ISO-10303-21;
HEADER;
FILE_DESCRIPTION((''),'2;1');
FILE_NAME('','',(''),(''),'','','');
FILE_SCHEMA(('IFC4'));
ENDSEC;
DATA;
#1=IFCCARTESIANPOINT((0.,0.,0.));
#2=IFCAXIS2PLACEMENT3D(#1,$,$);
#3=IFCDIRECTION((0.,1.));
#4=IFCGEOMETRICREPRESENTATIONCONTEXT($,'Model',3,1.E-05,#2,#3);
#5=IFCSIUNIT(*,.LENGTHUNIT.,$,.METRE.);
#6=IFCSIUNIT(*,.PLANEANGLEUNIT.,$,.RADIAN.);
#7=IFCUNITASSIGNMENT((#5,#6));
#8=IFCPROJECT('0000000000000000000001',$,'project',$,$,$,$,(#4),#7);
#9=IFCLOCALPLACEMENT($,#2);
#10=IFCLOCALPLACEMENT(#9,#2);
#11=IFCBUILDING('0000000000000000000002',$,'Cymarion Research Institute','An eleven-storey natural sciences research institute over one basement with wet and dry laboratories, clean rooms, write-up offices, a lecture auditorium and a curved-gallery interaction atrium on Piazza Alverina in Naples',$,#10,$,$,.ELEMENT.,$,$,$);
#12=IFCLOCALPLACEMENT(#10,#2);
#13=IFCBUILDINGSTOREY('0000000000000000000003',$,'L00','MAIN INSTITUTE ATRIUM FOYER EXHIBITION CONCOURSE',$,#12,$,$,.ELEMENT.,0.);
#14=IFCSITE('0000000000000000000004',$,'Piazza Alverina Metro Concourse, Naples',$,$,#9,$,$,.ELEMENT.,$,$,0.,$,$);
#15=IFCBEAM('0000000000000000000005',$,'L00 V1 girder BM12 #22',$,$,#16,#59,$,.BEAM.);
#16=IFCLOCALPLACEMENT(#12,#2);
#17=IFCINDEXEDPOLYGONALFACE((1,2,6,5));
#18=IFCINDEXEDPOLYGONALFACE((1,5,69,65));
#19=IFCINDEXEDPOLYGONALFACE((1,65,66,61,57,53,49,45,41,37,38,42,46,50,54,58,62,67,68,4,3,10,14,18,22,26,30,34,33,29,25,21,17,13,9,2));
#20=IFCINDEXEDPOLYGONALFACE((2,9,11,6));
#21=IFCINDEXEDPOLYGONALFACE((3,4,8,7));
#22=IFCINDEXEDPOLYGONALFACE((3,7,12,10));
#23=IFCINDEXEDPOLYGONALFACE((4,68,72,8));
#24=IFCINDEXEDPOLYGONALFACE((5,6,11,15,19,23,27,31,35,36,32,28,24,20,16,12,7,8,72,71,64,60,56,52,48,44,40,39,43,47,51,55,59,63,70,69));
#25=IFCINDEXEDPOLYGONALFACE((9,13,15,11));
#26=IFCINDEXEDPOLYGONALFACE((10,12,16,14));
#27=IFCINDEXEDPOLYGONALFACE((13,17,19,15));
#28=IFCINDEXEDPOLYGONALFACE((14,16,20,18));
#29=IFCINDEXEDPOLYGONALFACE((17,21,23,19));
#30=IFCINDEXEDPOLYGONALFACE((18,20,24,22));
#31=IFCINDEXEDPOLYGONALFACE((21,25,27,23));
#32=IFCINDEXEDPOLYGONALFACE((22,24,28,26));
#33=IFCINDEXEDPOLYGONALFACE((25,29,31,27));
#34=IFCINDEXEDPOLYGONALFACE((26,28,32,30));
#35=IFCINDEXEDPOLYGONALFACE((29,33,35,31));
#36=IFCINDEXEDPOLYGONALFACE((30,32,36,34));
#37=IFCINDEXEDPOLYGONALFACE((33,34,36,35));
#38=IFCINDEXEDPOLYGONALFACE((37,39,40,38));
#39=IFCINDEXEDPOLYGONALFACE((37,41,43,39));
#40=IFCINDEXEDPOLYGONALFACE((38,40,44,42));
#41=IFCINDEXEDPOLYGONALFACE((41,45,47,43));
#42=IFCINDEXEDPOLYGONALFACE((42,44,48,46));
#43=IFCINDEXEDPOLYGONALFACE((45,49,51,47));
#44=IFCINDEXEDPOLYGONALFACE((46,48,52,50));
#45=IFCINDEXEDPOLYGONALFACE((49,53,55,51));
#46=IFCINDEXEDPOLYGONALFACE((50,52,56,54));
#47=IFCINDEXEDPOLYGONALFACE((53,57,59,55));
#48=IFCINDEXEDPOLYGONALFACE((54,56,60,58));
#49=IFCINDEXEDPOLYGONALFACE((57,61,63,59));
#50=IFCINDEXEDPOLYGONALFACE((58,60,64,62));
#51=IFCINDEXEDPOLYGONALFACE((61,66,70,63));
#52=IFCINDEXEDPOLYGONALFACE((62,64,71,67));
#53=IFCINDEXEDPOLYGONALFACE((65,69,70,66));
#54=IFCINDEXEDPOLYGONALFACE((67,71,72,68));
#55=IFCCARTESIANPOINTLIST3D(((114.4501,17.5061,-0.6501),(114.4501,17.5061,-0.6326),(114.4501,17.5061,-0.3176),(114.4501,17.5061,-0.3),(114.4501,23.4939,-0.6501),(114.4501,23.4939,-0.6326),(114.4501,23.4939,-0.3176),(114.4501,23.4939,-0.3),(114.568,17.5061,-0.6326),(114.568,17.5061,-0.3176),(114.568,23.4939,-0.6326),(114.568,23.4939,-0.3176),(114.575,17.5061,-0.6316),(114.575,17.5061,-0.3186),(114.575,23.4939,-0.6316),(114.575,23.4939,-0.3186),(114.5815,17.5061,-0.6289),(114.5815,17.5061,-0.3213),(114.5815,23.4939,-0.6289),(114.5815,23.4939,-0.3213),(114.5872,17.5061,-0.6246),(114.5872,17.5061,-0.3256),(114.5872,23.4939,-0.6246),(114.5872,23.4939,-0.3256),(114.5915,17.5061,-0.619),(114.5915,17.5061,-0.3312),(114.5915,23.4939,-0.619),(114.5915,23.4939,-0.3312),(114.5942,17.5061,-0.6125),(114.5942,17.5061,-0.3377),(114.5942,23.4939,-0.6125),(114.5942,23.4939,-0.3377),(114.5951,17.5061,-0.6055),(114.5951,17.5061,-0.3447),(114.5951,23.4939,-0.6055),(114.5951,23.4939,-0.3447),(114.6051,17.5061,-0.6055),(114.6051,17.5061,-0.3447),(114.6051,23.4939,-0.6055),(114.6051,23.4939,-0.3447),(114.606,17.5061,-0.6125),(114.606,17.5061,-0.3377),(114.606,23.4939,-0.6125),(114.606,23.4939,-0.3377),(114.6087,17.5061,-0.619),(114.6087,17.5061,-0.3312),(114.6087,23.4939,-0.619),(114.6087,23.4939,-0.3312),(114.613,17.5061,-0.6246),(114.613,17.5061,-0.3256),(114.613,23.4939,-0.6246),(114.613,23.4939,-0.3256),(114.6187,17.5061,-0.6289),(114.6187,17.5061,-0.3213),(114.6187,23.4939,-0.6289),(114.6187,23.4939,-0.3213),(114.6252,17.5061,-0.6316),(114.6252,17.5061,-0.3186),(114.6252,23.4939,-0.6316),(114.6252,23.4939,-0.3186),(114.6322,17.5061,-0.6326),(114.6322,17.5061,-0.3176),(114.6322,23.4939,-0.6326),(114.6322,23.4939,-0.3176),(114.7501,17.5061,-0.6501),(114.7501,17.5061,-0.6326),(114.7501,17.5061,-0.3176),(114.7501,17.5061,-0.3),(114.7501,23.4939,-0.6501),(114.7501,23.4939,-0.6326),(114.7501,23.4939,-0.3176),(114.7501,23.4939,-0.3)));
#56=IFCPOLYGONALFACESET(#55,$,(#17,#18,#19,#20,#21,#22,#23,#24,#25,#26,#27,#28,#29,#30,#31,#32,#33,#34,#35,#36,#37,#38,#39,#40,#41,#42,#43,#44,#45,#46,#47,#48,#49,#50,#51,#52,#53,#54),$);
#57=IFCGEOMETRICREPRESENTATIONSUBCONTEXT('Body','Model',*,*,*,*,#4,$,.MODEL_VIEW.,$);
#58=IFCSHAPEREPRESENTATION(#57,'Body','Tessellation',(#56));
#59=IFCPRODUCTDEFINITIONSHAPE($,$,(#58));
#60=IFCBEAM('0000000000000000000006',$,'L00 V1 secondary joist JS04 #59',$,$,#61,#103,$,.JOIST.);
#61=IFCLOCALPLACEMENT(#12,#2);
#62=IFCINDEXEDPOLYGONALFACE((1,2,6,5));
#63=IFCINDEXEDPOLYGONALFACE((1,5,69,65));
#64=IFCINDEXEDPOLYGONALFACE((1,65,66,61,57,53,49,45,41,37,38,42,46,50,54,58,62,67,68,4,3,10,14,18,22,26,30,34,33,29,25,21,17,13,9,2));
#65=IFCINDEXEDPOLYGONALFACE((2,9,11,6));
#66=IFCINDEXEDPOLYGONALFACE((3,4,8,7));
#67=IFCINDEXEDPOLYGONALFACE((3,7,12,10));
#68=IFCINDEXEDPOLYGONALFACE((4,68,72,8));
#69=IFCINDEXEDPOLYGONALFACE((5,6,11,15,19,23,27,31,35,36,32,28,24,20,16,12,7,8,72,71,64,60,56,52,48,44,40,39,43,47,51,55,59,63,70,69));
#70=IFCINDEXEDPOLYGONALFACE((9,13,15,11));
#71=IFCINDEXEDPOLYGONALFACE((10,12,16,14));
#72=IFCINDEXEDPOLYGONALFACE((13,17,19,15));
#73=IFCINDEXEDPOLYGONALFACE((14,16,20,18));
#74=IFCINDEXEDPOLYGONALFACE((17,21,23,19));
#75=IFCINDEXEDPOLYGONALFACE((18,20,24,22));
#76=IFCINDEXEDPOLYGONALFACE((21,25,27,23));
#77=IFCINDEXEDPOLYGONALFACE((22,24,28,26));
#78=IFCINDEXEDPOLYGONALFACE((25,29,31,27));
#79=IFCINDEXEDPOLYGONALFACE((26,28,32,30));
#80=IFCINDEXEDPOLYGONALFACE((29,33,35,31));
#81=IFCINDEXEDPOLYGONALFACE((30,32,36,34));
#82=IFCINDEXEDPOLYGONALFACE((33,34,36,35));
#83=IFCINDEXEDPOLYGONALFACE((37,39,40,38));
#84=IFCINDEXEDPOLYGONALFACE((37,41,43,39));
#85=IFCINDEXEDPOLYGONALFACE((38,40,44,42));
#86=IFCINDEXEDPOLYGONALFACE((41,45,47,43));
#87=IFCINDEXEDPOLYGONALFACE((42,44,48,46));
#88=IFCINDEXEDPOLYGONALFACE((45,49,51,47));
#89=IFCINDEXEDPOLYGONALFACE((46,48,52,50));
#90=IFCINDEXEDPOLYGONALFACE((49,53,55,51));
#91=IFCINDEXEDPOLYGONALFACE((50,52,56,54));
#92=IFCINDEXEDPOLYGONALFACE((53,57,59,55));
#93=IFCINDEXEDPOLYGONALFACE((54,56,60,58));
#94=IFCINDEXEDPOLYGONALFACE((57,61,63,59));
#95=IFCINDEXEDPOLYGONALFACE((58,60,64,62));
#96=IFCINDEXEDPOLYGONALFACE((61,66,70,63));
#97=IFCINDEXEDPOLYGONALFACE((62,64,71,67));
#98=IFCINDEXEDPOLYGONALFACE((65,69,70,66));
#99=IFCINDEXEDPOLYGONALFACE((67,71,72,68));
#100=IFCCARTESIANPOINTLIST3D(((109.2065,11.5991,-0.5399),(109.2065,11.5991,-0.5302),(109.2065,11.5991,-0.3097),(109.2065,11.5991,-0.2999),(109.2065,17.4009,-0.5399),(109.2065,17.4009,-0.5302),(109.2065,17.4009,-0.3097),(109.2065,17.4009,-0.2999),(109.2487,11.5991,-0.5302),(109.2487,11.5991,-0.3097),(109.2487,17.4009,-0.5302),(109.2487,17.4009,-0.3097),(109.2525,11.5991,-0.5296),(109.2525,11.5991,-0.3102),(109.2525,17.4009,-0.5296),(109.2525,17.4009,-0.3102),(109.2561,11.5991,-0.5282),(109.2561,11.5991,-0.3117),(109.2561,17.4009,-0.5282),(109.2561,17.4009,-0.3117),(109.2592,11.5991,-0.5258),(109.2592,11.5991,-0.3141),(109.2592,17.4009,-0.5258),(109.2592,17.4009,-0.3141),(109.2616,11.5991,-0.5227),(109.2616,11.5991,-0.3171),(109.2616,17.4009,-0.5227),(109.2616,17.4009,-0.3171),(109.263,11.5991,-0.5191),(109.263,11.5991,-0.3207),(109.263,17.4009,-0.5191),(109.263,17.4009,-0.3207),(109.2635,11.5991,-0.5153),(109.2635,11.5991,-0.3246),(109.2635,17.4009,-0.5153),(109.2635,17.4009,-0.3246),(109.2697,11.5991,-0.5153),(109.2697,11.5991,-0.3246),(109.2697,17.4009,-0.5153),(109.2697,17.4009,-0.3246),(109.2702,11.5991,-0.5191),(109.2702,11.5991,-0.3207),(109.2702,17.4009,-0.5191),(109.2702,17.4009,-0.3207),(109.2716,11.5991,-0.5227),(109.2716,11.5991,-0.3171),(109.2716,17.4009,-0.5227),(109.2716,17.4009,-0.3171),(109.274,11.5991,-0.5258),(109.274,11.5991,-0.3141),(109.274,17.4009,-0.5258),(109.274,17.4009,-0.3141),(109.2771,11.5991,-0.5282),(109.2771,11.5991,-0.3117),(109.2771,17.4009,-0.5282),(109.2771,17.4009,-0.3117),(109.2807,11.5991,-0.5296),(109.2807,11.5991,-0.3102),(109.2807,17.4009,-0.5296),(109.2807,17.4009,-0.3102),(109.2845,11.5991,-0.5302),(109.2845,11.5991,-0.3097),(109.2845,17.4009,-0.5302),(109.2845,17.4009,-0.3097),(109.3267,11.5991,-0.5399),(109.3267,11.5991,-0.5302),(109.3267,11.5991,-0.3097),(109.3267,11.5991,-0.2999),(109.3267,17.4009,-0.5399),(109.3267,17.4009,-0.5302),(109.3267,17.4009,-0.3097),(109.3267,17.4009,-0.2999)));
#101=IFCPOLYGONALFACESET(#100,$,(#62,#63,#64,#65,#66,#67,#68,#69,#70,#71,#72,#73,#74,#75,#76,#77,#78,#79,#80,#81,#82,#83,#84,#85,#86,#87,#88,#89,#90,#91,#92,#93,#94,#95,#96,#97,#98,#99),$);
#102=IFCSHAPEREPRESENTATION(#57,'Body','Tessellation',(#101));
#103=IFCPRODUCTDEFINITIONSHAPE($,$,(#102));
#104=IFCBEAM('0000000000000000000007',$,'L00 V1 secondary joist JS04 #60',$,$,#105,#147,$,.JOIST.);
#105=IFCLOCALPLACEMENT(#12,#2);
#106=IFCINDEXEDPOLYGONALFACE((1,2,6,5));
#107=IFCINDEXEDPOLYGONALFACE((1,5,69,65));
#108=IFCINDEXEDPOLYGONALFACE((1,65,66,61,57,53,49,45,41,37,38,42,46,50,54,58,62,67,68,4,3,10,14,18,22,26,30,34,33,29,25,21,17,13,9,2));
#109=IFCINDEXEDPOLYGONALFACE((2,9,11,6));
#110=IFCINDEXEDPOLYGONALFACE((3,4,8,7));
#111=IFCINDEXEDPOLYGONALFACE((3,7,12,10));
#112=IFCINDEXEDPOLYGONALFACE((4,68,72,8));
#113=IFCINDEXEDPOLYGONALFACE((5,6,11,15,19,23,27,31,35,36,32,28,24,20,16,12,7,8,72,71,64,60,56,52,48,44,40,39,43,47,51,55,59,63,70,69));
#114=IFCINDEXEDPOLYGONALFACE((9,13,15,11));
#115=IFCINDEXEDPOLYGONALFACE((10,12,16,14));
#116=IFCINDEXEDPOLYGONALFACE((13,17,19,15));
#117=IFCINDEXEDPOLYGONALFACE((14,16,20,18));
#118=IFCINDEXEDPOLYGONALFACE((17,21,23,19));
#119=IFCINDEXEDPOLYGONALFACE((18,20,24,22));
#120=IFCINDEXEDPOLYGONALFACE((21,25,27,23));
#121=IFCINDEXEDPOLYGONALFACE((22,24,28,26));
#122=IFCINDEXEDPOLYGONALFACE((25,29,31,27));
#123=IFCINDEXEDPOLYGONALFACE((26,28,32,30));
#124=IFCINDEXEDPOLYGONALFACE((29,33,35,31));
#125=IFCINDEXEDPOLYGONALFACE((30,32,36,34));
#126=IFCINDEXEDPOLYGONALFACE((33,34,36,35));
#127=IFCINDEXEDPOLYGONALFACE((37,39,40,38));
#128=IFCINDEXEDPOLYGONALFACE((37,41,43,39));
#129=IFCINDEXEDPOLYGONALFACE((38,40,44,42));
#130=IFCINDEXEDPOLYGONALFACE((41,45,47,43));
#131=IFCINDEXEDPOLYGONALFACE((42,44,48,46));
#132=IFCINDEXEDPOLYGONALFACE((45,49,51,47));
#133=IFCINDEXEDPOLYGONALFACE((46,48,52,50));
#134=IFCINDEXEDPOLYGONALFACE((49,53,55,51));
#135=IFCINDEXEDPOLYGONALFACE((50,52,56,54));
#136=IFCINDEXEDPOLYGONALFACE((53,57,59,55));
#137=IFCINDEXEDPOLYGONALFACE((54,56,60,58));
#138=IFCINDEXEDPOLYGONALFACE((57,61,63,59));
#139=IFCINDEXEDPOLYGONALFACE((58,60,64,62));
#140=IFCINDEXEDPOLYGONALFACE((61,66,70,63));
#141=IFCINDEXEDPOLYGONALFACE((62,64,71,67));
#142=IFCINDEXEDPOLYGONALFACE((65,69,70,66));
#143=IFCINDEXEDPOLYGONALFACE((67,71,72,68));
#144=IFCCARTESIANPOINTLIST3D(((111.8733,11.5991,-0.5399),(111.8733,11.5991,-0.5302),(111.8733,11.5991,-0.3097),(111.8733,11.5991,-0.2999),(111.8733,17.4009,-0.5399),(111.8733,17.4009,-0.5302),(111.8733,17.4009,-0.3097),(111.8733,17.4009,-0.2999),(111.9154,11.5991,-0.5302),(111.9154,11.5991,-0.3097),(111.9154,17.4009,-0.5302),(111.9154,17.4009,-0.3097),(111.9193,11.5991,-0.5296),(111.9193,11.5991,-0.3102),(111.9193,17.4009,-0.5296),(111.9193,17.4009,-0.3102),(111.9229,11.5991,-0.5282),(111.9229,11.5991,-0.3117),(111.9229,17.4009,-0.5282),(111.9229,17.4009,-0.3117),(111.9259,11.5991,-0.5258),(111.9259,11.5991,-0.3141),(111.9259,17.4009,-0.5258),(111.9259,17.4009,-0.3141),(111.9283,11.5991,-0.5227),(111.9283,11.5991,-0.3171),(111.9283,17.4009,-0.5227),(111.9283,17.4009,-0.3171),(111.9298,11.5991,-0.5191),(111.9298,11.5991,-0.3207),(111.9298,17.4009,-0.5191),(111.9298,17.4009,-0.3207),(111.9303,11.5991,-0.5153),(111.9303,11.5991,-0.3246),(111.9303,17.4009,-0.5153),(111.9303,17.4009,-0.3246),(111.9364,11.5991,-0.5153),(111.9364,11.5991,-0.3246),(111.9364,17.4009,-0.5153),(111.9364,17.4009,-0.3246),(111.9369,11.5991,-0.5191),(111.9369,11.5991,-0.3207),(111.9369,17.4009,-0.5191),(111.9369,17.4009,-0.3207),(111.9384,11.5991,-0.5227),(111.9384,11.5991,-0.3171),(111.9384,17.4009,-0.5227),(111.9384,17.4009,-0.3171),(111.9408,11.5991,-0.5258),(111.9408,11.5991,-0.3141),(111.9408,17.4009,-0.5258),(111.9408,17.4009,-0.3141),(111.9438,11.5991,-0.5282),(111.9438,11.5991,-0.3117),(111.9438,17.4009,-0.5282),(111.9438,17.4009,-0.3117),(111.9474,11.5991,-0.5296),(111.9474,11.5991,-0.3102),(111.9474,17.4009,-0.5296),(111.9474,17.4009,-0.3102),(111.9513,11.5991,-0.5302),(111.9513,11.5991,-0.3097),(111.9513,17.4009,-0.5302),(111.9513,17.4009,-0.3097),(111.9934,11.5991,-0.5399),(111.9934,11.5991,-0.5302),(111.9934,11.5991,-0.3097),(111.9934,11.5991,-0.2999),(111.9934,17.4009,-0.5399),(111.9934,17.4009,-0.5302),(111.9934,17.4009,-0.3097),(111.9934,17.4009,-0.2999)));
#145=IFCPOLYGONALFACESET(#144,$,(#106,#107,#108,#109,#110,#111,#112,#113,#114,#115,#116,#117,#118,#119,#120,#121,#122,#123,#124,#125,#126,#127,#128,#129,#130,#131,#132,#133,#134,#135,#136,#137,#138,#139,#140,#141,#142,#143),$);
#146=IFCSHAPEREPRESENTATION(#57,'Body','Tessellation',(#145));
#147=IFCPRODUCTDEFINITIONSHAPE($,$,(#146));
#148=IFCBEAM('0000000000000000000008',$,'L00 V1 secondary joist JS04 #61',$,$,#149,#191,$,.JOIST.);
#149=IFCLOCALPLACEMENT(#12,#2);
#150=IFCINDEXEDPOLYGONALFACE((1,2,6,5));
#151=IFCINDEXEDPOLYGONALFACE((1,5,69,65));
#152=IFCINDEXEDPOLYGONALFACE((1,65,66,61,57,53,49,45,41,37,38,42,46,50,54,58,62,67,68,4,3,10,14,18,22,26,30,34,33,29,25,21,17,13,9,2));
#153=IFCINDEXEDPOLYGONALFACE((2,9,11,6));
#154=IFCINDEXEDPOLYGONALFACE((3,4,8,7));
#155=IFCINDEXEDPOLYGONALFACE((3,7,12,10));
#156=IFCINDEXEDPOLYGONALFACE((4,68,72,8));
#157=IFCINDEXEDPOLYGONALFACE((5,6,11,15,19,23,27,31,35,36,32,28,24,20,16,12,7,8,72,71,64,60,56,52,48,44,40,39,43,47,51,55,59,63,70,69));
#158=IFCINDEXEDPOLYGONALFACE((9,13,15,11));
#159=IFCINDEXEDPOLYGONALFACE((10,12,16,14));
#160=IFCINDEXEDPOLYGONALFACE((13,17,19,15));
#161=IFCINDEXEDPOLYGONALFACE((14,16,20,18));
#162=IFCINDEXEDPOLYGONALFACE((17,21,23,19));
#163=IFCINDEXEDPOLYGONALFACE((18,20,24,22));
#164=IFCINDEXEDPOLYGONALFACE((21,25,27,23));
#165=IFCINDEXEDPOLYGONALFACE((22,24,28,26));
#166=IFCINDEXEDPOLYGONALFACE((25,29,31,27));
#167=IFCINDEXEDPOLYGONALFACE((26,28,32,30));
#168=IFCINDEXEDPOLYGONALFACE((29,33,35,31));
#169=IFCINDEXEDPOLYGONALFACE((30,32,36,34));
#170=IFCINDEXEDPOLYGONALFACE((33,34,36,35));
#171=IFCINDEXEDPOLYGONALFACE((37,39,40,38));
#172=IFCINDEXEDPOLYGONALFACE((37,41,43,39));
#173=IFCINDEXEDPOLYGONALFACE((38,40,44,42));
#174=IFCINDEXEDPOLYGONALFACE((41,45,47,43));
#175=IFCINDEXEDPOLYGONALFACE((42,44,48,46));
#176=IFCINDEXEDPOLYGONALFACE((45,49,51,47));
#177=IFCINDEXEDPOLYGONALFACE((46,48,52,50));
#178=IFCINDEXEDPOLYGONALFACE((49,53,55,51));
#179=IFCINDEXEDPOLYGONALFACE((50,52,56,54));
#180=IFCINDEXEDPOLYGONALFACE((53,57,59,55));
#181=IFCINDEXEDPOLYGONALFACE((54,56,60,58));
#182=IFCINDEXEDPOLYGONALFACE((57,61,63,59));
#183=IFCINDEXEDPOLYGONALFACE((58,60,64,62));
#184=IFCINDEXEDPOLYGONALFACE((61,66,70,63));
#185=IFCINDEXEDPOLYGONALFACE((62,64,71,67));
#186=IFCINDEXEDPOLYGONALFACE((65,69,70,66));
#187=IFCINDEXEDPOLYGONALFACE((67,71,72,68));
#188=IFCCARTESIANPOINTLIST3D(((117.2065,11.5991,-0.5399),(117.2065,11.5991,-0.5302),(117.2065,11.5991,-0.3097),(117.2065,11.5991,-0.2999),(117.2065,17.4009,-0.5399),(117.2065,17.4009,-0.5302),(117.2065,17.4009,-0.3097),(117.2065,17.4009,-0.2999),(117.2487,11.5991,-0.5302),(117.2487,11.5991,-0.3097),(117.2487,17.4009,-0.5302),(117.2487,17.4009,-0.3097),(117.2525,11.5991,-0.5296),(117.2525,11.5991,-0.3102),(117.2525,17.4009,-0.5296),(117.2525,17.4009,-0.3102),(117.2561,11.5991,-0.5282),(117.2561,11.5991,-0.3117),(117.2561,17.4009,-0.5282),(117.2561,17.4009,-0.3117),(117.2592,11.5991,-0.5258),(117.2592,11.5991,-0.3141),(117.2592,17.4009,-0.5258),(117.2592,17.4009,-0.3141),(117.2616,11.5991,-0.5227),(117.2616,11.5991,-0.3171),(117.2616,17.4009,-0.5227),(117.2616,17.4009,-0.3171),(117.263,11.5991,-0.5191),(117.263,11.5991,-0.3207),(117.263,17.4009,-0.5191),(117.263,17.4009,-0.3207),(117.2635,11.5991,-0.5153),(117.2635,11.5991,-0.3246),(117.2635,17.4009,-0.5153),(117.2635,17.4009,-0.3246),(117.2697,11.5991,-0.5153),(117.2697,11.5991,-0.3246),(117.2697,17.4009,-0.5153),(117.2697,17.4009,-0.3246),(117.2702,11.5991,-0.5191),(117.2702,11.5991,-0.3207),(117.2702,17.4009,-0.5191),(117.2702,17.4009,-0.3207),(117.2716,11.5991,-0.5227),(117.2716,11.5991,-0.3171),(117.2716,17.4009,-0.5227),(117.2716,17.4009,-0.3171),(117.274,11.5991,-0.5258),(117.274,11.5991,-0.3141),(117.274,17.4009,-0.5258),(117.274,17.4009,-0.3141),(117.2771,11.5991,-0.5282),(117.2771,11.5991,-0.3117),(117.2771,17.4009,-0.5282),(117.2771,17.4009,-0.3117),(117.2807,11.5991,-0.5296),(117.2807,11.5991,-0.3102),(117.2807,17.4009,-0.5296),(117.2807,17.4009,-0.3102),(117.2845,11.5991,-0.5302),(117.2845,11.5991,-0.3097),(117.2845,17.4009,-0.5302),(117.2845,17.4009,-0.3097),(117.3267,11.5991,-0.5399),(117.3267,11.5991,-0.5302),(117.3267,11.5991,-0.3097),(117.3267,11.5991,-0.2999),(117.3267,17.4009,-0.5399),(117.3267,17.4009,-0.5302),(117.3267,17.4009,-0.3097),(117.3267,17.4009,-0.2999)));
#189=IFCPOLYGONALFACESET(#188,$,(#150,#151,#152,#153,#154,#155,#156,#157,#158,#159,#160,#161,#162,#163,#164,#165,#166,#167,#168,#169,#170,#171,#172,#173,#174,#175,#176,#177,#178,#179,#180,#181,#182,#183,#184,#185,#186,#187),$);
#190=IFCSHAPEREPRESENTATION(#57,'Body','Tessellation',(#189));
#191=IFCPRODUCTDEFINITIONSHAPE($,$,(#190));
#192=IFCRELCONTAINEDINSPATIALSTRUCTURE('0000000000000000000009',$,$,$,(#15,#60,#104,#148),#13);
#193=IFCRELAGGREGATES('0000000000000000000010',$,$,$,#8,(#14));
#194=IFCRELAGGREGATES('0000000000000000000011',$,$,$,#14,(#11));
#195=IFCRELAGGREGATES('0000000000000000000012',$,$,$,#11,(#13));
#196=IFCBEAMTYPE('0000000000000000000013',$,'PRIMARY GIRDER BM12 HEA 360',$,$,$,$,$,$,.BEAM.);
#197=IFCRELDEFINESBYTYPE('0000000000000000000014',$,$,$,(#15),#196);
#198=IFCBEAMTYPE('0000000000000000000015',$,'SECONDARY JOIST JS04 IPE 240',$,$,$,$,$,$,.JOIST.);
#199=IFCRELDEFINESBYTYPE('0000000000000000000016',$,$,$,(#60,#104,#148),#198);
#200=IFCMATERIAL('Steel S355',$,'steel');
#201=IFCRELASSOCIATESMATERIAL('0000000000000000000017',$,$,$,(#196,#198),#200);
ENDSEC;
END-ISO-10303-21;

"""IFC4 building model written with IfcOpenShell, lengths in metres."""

from ifc_helpers import new_model, si_unit, direction, frame, origin, origin_2d, place, context, subcontext, project, spatial, i_section, extrude, material, material_profile, profile_set, type_object, element, save


model = new_model("IFC4")

# Units and contexts
model_context = context("Model", 3, precision=1e-05, world=origin(), true_north=direction((0.0, 1.0)))
body_context = subcontext(model_context, "Body", "Model", "MODEL_VIEW")
ifc_project = project(units=[si_unit("LENGTHUNIT", "METRE"), si_unit("PLANEANGLEUNIT", "RADIAN")], contexts=[model_context])

# Site, building, storey
site_placement = place(None, origin())
site = spatial("IfcSite", under=ifc_project, at=site_placement, Name="Piazza Alverina Metro Concourse, Naples", CompositionType="ELEMENT", RefElevation=0.0)
building_placement = place(site_placement, origin())
building = spatial("IfcBuilding", under=site, at=building_placement, Name="Cymarion Research Institute", Description="An eleven-storey natural sciences research institute over one basement with wet and dry laboratories, clean rooms, write-up offices, a lecture auditorium and a curved-gallery interaction atrium on Piazza Alverina in Naples", CompositionType="ELEMENT")
storey_placement = place(building_placement, origin())
storey = spatial("IfcBuildingStorey", under=building, at=storey_placement, Name="L00", Description="MAIN INSTITUTE ATRIUM FOYER EXHIBITION CONCOURSE", CompositionType="ELEMENT", Elevation=0.0)

# Shared definitions
ifc_material_1 = material(Name="Steel S355", Category="steel")

# Beams
ifc_material_profile_1 = material_profile(ifc_material_1, i_section(OverallWidth=0.3, OverallDepth=0.3501, WebThickness=0.01, FlangeThickness=0.0176, FilletRadius=0.0271, at=origin_2d()), Name="HEA 360")
ifc_profile_set_1 = profile_set([ifc_material_profile_1], Name="Steel S355")
beam_type_1 = type_object("IfcBeamType", Name="PRIMARY GIRDER BM12 HEA 360", PredefinedType="BEAM", material=ifc_profile_set_1)
for number, where, z_axis, x_axis, name in (
    (1, (114.6001, 17.5061, -0.4751), (0.0, 1.0, 0.0), (-1.0, 0.0, 0.0), "L00 V1 girder BM12 #22"),
):
    element("IfcBeam", number, at=place(storey_placement, frame(where, z_axis=z_axis, x_axis=x_axis)), inside=storey, type_object=beam_type_1, Name=name, PredefinedType="BEAM", context=body_context, shape_type="SweptSolid", body=[
        extrude(i_section(OverallWidth=0.3, OverallDepth=0.3501, WebThickness=0.01, FlangeThickness=0.0176, FilletRadius=0.0271, at=origin_2d()), origin(), (0.0, 0.0, 1.0), 5.9878),
    ])
ifc_material_profile_2 = material_profile(ifc_material_1, i_section(OverallWidth=0.1201, OverallDepth=0.24, WebThickness=0.0061, FlangeThickness=0.0098, FilletRadius=0.0149, at=origin_2d()), Name="IPE 240")
ifc_profile_set_2 = profile_set([ifc_material_profile_2], Name="Steel S355")
beam_type_2 = type_object("IfcBeamType", Name="SECONDARY JOIST JS04 IPE 240", PredefinedType="JOIST", material=ifc_profile_set_2)
for number, where, z_axis, x_axis, name in (
    (2, (109.2666, 11.5991, -0.4199), (0.0, 1.0, 0.0), (-1.0, 0.0, 0.0), "L00 V1 secondary joist JS04 #59"),
    (3, (111.9333, 11.5991, -0.4199), (0.0, 1.0, 0.0), (-1.0, 0.0, 0.0), "L00 V1 secondary joist JS04 #60"),
    (4, (117.2666, 11.5991, -0.4199), (0.0, 1.0, 0.0), (-1.0, 0.0, 0.0), "L00 V1 secondary joist JS04 #61"),
):
    element("IfcBeam", number, at=place(storey_placement, frame(where, z_axis=z_axis, x_axis=x_axis)), inside=storey, type_object=beam_type_2, Name=name, PredefinedType="JOIST", context=body_context, shape_type="SweptSolid", body=[
        extrude(i_section(OverallWidth=0.1201, OverallDepth=0.24, WebThickness=0.0061, FlangeThickness=0.0098, FilletRadius=0.0149, at=origin_2d()), origin(), (0.0, 0.0, 1.0), 5.8018),
    ])

save(model, "model.ifc")
